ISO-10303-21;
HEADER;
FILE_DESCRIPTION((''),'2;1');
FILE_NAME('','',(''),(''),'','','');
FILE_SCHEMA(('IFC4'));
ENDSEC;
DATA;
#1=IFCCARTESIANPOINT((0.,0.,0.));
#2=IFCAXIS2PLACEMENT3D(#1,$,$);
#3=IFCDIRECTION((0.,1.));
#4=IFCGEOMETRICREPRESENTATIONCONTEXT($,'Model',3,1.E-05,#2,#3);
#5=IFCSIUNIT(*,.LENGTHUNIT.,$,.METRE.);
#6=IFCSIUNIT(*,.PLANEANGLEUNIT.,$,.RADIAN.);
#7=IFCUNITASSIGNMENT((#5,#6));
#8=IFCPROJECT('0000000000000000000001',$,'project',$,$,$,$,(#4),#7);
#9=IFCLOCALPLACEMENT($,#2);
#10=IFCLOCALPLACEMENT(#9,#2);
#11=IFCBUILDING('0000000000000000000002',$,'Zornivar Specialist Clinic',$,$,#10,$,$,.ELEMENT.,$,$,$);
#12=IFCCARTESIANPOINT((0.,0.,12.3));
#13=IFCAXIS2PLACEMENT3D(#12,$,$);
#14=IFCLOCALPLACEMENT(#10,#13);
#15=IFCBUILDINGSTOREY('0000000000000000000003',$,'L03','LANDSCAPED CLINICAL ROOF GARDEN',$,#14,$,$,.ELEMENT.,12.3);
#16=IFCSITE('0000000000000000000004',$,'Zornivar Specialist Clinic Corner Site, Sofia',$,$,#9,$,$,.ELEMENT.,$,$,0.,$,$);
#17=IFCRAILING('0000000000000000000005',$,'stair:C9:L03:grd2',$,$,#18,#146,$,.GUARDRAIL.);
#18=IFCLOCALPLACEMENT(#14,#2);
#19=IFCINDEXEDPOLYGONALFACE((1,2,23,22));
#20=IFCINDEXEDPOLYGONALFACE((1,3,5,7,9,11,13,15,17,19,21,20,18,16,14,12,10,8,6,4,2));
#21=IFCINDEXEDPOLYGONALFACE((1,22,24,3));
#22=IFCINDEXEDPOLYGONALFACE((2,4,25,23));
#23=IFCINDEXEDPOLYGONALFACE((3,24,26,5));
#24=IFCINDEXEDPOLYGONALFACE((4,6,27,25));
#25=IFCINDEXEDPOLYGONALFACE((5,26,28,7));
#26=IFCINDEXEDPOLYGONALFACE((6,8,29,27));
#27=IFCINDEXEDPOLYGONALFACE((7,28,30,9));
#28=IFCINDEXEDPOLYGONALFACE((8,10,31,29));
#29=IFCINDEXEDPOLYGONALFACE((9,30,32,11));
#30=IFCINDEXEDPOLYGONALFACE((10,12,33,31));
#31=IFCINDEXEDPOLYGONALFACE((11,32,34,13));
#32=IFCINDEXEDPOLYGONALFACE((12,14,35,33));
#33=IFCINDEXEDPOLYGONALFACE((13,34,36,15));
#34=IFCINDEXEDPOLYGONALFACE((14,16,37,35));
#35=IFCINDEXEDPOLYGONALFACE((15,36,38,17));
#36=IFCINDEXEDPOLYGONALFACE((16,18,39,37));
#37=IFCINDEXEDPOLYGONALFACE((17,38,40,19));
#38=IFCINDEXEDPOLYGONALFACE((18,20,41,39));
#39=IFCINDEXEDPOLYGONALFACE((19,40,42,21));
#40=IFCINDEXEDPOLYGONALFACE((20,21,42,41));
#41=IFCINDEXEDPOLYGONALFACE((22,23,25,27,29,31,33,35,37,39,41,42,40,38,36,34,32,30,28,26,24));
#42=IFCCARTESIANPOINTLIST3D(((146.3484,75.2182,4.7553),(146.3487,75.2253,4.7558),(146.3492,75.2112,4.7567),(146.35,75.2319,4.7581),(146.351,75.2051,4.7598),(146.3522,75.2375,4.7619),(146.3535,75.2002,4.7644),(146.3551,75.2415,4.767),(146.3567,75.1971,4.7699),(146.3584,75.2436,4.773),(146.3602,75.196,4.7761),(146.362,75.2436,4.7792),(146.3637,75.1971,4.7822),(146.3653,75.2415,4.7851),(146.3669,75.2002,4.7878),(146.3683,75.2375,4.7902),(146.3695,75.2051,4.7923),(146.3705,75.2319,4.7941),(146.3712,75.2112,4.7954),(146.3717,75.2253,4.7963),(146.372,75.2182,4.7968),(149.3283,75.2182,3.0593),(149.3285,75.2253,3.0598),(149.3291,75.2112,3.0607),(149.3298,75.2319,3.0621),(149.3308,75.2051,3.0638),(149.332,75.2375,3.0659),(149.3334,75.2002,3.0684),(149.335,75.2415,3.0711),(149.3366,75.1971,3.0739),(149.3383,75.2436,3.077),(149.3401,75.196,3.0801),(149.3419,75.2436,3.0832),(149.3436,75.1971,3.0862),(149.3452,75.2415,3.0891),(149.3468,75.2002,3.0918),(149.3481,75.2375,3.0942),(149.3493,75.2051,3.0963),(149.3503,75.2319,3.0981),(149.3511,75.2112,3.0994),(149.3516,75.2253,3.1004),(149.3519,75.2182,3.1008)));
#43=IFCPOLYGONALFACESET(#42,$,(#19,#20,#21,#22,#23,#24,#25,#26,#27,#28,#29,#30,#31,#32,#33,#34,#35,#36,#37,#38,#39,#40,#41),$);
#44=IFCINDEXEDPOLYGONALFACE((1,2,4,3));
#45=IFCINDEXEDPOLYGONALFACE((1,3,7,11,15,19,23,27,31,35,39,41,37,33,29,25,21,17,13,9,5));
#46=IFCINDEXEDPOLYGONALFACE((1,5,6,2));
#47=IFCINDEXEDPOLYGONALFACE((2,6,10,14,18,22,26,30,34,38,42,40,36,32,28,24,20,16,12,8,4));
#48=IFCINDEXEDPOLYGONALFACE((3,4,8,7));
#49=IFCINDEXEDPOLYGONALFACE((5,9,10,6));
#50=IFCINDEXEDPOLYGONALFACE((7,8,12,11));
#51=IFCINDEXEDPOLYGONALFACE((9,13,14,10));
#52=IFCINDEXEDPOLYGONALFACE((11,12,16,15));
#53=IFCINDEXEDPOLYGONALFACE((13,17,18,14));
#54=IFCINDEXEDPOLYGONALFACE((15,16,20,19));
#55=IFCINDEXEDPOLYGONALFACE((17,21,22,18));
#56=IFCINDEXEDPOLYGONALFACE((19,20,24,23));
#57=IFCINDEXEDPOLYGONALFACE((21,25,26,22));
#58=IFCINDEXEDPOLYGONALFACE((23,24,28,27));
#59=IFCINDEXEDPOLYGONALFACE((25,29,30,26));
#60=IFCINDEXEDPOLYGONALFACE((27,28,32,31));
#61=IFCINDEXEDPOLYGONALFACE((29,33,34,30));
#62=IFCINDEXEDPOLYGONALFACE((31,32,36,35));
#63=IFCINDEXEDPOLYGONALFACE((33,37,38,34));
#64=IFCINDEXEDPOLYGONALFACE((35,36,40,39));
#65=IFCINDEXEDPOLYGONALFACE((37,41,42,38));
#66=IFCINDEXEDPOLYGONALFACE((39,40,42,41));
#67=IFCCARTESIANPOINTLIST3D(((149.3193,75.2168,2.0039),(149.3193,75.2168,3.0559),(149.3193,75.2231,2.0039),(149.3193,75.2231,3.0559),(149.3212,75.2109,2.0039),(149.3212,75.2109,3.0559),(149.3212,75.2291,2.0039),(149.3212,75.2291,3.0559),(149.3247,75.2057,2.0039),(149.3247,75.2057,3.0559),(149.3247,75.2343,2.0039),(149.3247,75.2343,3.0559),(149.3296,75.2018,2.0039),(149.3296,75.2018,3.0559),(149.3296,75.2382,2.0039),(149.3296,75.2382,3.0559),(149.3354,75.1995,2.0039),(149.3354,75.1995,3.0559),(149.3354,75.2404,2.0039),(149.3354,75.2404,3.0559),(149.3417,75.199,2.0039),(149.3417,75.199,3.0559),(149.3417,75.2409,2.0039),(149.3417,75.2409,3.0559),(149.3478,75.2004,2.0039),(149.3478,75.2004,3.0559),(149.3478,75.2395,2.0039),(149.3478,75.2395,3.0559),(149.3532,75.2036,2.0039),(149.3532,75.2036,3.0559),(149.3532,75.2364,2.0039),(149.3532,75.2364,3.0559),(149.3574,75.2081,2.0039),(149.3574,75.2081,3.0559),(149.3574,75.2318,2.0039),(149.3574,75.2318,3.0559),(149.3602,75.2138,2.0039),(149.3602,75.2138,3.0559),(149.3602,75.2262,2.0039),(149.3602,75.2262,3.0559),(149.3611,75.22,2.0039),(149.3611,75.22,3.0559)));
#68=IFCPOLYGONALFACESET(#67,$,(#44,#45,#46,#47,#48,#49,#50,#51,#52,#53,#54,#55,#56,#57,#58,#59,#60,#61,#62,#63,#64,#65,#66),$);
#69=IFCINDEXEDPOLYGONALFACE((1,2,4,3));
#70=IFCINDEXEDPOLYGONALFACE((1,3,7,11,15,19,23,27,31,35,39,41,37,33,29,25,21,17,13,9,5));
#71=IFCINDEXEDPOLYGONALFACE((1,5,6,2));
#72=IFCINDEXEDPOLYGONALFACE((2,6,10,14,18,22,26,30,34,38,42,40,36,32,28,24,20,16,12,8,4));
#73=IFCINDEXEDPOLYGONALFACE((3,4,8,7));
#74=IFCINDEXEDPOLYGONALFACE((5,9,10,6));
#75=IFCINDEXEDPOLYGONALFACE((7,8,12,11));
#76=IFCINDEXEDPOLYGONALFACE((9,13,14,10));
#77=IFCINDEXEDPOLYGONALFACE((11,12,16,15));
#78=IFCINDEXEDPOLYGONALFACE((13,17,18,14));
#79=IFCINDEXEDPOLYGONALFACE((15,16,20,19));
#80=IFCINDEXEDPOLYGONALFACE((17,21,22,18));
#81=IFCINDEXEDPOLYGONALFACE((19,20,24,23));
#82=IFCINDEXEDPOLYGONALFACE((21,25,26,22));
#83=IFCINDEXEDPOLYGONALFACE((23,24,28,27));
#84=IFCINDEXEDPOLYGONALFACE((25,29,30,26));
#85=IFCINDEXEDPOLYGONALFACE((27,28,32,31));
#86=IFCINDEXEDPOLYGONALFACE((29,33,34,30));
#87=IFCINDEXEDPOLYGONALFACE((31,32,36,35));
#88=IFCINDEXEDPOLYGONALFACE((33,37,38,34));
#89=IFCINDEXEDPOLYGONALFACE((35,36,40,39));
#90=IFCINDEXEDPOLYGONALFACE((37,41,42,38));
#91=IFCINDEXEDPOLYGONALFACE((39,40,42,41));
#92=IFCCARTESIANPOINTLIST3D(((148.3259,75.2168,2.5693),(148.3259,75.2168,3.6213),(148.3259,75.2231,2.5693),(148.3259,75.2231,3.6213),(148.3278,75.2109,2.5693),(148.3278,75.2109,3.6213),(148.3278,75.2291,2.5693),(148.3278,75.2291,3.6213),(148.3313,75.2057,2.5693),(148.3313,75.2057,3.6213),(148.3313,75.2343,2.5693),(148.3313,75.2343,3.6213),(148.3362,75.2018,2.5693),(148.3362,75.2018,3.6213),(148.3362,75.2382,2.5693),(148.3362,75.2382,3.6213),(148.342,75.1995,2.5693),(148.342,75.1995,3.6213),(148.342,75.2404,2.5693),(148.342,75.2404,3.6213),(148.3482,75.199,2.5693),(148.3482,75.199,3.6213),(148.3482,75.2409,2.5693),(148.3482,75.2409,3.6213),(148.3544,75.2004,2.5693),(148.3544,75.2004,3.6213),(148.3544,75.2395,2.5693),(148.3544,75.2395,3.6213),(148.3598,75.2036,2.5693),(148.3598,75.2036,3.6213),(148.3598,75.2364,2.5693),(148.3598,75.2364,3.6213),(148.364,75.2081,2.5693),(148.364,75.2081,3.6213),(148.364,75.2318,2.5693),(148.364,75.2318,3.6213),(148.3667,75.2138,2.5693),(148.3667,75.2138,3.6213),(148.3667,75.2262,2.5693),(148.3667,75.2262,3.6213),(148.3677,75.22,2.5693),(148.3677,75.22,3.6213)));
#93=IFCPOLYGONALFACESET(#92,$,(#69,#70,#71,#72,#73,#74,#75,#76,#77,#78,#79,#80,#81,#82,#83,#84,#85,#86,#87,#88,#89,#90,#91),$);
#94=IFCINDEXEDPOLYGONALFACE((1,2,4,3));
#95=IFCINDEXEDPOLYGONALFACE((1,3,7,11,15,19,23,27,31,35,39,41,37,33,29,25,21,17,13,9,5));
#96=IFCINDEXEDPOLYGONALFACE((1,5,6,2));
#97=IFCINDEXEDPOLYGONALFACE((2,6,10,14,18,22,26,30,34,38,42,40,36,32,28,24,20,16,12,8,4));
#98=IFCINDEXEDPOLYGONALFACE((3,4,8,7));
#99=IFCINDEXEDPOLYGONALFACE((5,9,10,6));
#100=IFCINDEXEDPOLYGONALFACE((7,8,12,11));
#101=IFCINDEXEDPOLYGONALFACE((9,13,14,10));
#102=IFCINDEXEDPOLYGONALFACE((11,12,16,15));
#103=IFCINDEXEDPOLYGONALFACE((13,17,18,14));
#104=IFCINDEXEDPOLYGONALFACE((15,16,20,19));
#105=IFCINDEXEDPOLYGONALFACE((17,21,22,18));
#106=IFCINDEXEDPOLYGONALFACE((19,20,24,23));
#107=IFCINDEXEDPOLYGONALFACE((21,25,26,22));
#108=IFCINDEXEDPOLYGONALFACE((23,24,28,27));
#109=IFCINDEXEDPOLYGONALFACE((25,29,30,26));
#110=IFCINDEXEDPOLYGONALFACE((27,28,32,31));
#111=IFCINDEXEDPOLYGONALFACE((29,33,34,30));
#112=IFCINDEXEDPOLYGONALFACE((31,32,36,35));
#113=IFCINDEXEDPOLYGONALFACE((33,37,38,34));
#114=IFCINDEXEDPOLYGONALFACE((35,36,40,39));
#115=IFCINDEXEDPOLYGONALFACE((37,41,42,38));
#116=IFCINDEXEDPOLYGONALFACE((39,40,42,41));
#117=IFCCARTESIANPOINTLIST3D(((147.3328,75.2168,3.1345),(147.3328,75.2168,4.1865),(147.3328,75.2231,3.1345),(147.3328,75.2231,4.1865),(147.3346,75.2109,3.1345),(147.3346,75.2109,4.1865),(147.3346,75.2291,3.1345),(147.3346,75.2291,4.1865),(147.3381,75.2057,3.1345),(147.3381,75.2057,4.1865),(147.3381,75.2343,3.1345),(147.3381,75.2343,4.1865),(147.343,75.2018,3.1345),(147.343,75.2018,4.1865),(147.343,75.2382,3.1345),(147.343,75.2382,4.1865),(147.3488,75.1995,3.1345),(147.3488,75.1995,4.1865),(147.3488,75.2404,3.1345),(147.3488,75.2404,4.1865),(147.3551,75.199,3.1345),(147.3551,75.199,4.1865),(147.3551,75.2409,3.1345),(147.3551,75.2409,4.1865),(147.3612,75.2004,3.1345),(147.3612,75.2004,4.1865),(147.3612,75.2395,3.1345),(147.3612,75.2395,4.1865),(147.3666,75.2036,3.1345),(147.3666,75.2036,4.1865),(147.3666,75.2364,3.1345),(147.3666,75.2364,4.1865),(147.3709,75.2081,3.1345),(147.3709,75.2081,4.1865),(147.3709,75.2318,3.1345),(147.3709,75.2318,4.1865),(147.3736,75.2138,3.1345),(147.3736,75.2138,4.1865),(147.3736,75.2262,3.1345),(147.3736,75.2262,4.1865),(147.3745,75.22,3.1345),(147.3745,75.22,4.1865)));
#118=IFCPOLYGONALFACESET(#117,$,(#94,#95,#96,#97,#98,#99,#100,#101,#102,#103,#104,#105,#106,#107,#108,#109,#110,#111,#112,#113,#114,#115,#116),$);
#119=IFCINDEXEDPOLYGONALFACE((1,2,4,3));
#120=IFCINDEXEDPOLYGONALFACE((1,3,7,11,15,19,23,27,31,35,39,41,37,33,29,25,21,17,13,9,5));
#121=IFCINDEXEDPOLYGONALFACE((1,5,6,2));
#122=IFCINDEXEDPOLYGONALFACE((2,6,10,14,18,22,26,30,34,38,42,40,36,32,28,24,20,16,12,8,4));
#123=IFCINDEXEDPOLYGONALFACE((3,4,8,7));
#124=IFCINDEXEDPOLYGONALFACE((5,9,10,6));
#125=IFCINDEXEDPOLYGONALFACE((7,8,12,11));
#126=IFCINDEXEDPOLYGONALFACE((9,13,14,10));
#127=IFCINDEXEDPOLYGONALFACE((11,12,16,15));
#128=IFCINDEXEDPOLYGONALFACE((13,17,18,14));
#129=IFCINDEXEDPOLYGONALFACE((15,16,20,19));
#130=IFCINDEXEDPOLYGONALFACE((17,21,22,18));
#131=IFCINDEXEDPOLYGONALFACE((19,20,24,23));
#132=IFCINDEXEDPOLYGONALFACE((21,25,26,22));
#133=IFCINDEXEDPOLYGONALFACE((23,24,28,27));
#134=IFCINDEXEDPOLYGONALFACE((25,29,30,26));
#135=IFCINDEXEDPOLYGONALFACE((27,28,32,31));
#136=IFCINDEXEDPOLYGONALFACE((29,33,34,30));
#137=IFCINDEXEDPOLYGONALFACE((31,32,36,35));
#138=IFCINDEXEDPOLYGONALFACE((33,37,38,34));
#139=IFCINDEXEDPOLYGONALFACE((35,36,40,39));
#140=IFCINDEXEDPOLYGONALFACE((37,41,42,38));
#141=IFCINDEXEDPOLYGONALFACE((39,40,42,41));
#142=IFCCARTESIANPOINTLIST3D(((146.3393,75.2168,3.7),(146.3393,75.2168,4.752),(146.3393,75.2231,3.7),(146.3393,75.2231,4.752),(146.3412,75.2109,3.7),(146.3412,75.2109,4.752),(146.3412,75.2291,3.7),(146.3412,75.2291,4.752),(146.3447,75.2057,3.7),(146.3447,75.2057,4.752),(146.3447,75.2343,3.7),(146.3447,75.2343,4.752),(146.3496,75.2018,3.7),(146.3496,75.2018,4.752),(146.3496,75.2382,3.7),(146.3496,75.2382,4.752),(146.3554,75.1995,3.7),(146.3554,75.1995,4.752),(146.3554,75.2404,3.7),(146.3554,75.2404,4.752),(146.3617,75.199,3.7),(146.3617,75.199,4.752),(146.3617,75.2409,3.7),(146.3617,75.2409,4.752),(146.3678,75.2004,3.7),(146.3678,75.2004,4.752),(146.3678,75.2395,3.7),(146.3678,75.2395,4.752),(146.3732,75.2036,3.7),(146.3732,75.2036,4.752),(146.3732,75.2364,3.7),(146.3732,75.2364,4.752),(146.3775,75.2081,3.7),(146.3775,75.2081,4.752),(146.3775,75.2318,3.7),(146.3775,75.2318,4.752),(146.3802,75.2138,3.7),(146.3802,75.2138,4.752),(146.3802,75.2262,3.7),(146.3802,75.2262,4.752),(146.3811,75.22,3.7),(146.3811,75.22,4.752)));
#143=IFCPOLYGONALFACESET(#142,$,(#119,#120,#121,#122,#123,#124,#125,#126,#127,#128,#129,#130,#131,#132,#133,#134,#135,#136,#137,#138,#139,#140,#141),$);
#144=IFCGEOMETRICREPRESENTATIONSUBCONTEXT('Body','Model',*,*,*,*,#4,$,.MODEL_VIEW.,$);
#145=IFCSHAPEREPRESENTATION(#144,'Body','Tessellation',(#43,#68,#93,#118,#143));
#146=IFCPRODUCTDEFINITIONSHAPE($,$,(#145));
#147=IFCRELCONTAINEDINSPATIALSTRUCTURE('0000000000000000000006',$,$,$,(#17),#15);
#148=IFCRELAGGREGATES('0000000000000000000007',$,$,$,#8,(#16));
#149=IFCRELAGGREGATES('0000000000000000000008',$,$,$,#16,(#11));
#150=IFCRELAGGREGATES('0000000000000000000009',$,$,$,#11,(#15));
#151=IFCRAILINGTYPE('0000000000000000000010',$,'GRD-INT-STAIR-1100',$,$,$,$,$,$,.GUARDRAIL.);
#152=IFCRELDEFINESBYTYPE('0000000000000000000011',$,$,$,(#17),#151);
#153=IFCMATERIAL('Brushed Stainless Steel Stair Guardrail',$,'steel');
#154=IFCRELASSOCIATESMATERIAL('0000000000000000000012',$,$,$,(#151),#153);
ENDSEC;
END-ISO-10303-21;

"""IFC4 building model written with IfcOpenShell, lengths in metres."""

from ifc_helpers import new_model, si_unit, direction, frame, origin, origin_2d, place, context, subcontext, project, spatial, circle, extrude, material, type_object, element, save


model = new_model("IFC4")

# Units and contexts
model_context = context("Model", 3, precision=1e-05, world=origin(), true_north=direction((0.0, 1.0)))
body_context = subcontext(model_context, "Body", "Model", "MODEL_VIEW")
ifc_project = project(units=[si_unit("LENGTHUNIT", "METRE"), si_unit("PLANEANGLEUNIT", "RADIAN")], contexts=[model_context])

# Site, building, storey
site_placement = place(None, origin())
site = spatial("IfcSite", under=ifc_project, at=site_placement, Name="Zornivar Specialist Clinic Corner Site, Sofia", CompositionType="ELEMENT", RefElevation=0.0)
building_placement = place(site_placement, origin())
building = spatial("IfcBuilding", under=site, at=building_placement, Name="Zornivar Specialist Clinic", CompositionType="ELEMENT")
storey_placement = place(building_placement, frame((0.0, 0.0, 12.3)))
storey = spatial("IfcBuildingStorey", under=building, at=storey_placement, Name="L03", Description="LANDSCAPED CLINICAL ROOF GARDEN", CompositionType="ELEMENT", Elevation=12.3)

# Railing
ifc_material_1 = material(Name="Brushed Stainless Steel Stair Guardrail", Category="steel")
railing_type_1 = type_object("IfcRailingType", Name="GRD-INT-STAIR-1100", PredefinedType="GUARDRAIL", material=ifc_material_1)
railing_1_placement = place(storey_placement, frame((149.3401, 75.22, 2.0039)))
element("IfcRailing", 1, at=railing_1_placement, inside=storey, type_object=railing_type_1, Name="stair:C9:L03:grd2", PredefinedType="GUARDRAIL", context=body_context, shape_type="SweptSolid", body=[
    extrude(circle(Radius=0.0239, at=origin_2d()), frame((0.0, 0.0, 1.0762), z_axis=(-0.869096, 0.0, 0.494643), x_axis=(0.0, -1.0, 0.0)), (0.0, 0.0, 1.0), 3.4287),
    extrude(circle(Radius=0.021, at=origin_2d()), origin(), (0.0, 0.0, 1.0), 1.052),
    extrude(circle(Radius=0.021, at=origin_2d()), frame((-0.9934, 0.0, 0.5654)), (0.0, 0.0, 1.0), 1.052),
    extrude(circle(Radius=0.021, at=origin_2d()), frame((-1.9866, 0.0, 1.1306)), (0.0, 0.0, 1.0), 1.052),
    extrude(circle(Radius=0.021, at=origin_2d()), frame((-2.98, 0.0, 1.696)), (0.0, 0.0, 1.0), 1.052),
])

save(model, "model.ifc")
